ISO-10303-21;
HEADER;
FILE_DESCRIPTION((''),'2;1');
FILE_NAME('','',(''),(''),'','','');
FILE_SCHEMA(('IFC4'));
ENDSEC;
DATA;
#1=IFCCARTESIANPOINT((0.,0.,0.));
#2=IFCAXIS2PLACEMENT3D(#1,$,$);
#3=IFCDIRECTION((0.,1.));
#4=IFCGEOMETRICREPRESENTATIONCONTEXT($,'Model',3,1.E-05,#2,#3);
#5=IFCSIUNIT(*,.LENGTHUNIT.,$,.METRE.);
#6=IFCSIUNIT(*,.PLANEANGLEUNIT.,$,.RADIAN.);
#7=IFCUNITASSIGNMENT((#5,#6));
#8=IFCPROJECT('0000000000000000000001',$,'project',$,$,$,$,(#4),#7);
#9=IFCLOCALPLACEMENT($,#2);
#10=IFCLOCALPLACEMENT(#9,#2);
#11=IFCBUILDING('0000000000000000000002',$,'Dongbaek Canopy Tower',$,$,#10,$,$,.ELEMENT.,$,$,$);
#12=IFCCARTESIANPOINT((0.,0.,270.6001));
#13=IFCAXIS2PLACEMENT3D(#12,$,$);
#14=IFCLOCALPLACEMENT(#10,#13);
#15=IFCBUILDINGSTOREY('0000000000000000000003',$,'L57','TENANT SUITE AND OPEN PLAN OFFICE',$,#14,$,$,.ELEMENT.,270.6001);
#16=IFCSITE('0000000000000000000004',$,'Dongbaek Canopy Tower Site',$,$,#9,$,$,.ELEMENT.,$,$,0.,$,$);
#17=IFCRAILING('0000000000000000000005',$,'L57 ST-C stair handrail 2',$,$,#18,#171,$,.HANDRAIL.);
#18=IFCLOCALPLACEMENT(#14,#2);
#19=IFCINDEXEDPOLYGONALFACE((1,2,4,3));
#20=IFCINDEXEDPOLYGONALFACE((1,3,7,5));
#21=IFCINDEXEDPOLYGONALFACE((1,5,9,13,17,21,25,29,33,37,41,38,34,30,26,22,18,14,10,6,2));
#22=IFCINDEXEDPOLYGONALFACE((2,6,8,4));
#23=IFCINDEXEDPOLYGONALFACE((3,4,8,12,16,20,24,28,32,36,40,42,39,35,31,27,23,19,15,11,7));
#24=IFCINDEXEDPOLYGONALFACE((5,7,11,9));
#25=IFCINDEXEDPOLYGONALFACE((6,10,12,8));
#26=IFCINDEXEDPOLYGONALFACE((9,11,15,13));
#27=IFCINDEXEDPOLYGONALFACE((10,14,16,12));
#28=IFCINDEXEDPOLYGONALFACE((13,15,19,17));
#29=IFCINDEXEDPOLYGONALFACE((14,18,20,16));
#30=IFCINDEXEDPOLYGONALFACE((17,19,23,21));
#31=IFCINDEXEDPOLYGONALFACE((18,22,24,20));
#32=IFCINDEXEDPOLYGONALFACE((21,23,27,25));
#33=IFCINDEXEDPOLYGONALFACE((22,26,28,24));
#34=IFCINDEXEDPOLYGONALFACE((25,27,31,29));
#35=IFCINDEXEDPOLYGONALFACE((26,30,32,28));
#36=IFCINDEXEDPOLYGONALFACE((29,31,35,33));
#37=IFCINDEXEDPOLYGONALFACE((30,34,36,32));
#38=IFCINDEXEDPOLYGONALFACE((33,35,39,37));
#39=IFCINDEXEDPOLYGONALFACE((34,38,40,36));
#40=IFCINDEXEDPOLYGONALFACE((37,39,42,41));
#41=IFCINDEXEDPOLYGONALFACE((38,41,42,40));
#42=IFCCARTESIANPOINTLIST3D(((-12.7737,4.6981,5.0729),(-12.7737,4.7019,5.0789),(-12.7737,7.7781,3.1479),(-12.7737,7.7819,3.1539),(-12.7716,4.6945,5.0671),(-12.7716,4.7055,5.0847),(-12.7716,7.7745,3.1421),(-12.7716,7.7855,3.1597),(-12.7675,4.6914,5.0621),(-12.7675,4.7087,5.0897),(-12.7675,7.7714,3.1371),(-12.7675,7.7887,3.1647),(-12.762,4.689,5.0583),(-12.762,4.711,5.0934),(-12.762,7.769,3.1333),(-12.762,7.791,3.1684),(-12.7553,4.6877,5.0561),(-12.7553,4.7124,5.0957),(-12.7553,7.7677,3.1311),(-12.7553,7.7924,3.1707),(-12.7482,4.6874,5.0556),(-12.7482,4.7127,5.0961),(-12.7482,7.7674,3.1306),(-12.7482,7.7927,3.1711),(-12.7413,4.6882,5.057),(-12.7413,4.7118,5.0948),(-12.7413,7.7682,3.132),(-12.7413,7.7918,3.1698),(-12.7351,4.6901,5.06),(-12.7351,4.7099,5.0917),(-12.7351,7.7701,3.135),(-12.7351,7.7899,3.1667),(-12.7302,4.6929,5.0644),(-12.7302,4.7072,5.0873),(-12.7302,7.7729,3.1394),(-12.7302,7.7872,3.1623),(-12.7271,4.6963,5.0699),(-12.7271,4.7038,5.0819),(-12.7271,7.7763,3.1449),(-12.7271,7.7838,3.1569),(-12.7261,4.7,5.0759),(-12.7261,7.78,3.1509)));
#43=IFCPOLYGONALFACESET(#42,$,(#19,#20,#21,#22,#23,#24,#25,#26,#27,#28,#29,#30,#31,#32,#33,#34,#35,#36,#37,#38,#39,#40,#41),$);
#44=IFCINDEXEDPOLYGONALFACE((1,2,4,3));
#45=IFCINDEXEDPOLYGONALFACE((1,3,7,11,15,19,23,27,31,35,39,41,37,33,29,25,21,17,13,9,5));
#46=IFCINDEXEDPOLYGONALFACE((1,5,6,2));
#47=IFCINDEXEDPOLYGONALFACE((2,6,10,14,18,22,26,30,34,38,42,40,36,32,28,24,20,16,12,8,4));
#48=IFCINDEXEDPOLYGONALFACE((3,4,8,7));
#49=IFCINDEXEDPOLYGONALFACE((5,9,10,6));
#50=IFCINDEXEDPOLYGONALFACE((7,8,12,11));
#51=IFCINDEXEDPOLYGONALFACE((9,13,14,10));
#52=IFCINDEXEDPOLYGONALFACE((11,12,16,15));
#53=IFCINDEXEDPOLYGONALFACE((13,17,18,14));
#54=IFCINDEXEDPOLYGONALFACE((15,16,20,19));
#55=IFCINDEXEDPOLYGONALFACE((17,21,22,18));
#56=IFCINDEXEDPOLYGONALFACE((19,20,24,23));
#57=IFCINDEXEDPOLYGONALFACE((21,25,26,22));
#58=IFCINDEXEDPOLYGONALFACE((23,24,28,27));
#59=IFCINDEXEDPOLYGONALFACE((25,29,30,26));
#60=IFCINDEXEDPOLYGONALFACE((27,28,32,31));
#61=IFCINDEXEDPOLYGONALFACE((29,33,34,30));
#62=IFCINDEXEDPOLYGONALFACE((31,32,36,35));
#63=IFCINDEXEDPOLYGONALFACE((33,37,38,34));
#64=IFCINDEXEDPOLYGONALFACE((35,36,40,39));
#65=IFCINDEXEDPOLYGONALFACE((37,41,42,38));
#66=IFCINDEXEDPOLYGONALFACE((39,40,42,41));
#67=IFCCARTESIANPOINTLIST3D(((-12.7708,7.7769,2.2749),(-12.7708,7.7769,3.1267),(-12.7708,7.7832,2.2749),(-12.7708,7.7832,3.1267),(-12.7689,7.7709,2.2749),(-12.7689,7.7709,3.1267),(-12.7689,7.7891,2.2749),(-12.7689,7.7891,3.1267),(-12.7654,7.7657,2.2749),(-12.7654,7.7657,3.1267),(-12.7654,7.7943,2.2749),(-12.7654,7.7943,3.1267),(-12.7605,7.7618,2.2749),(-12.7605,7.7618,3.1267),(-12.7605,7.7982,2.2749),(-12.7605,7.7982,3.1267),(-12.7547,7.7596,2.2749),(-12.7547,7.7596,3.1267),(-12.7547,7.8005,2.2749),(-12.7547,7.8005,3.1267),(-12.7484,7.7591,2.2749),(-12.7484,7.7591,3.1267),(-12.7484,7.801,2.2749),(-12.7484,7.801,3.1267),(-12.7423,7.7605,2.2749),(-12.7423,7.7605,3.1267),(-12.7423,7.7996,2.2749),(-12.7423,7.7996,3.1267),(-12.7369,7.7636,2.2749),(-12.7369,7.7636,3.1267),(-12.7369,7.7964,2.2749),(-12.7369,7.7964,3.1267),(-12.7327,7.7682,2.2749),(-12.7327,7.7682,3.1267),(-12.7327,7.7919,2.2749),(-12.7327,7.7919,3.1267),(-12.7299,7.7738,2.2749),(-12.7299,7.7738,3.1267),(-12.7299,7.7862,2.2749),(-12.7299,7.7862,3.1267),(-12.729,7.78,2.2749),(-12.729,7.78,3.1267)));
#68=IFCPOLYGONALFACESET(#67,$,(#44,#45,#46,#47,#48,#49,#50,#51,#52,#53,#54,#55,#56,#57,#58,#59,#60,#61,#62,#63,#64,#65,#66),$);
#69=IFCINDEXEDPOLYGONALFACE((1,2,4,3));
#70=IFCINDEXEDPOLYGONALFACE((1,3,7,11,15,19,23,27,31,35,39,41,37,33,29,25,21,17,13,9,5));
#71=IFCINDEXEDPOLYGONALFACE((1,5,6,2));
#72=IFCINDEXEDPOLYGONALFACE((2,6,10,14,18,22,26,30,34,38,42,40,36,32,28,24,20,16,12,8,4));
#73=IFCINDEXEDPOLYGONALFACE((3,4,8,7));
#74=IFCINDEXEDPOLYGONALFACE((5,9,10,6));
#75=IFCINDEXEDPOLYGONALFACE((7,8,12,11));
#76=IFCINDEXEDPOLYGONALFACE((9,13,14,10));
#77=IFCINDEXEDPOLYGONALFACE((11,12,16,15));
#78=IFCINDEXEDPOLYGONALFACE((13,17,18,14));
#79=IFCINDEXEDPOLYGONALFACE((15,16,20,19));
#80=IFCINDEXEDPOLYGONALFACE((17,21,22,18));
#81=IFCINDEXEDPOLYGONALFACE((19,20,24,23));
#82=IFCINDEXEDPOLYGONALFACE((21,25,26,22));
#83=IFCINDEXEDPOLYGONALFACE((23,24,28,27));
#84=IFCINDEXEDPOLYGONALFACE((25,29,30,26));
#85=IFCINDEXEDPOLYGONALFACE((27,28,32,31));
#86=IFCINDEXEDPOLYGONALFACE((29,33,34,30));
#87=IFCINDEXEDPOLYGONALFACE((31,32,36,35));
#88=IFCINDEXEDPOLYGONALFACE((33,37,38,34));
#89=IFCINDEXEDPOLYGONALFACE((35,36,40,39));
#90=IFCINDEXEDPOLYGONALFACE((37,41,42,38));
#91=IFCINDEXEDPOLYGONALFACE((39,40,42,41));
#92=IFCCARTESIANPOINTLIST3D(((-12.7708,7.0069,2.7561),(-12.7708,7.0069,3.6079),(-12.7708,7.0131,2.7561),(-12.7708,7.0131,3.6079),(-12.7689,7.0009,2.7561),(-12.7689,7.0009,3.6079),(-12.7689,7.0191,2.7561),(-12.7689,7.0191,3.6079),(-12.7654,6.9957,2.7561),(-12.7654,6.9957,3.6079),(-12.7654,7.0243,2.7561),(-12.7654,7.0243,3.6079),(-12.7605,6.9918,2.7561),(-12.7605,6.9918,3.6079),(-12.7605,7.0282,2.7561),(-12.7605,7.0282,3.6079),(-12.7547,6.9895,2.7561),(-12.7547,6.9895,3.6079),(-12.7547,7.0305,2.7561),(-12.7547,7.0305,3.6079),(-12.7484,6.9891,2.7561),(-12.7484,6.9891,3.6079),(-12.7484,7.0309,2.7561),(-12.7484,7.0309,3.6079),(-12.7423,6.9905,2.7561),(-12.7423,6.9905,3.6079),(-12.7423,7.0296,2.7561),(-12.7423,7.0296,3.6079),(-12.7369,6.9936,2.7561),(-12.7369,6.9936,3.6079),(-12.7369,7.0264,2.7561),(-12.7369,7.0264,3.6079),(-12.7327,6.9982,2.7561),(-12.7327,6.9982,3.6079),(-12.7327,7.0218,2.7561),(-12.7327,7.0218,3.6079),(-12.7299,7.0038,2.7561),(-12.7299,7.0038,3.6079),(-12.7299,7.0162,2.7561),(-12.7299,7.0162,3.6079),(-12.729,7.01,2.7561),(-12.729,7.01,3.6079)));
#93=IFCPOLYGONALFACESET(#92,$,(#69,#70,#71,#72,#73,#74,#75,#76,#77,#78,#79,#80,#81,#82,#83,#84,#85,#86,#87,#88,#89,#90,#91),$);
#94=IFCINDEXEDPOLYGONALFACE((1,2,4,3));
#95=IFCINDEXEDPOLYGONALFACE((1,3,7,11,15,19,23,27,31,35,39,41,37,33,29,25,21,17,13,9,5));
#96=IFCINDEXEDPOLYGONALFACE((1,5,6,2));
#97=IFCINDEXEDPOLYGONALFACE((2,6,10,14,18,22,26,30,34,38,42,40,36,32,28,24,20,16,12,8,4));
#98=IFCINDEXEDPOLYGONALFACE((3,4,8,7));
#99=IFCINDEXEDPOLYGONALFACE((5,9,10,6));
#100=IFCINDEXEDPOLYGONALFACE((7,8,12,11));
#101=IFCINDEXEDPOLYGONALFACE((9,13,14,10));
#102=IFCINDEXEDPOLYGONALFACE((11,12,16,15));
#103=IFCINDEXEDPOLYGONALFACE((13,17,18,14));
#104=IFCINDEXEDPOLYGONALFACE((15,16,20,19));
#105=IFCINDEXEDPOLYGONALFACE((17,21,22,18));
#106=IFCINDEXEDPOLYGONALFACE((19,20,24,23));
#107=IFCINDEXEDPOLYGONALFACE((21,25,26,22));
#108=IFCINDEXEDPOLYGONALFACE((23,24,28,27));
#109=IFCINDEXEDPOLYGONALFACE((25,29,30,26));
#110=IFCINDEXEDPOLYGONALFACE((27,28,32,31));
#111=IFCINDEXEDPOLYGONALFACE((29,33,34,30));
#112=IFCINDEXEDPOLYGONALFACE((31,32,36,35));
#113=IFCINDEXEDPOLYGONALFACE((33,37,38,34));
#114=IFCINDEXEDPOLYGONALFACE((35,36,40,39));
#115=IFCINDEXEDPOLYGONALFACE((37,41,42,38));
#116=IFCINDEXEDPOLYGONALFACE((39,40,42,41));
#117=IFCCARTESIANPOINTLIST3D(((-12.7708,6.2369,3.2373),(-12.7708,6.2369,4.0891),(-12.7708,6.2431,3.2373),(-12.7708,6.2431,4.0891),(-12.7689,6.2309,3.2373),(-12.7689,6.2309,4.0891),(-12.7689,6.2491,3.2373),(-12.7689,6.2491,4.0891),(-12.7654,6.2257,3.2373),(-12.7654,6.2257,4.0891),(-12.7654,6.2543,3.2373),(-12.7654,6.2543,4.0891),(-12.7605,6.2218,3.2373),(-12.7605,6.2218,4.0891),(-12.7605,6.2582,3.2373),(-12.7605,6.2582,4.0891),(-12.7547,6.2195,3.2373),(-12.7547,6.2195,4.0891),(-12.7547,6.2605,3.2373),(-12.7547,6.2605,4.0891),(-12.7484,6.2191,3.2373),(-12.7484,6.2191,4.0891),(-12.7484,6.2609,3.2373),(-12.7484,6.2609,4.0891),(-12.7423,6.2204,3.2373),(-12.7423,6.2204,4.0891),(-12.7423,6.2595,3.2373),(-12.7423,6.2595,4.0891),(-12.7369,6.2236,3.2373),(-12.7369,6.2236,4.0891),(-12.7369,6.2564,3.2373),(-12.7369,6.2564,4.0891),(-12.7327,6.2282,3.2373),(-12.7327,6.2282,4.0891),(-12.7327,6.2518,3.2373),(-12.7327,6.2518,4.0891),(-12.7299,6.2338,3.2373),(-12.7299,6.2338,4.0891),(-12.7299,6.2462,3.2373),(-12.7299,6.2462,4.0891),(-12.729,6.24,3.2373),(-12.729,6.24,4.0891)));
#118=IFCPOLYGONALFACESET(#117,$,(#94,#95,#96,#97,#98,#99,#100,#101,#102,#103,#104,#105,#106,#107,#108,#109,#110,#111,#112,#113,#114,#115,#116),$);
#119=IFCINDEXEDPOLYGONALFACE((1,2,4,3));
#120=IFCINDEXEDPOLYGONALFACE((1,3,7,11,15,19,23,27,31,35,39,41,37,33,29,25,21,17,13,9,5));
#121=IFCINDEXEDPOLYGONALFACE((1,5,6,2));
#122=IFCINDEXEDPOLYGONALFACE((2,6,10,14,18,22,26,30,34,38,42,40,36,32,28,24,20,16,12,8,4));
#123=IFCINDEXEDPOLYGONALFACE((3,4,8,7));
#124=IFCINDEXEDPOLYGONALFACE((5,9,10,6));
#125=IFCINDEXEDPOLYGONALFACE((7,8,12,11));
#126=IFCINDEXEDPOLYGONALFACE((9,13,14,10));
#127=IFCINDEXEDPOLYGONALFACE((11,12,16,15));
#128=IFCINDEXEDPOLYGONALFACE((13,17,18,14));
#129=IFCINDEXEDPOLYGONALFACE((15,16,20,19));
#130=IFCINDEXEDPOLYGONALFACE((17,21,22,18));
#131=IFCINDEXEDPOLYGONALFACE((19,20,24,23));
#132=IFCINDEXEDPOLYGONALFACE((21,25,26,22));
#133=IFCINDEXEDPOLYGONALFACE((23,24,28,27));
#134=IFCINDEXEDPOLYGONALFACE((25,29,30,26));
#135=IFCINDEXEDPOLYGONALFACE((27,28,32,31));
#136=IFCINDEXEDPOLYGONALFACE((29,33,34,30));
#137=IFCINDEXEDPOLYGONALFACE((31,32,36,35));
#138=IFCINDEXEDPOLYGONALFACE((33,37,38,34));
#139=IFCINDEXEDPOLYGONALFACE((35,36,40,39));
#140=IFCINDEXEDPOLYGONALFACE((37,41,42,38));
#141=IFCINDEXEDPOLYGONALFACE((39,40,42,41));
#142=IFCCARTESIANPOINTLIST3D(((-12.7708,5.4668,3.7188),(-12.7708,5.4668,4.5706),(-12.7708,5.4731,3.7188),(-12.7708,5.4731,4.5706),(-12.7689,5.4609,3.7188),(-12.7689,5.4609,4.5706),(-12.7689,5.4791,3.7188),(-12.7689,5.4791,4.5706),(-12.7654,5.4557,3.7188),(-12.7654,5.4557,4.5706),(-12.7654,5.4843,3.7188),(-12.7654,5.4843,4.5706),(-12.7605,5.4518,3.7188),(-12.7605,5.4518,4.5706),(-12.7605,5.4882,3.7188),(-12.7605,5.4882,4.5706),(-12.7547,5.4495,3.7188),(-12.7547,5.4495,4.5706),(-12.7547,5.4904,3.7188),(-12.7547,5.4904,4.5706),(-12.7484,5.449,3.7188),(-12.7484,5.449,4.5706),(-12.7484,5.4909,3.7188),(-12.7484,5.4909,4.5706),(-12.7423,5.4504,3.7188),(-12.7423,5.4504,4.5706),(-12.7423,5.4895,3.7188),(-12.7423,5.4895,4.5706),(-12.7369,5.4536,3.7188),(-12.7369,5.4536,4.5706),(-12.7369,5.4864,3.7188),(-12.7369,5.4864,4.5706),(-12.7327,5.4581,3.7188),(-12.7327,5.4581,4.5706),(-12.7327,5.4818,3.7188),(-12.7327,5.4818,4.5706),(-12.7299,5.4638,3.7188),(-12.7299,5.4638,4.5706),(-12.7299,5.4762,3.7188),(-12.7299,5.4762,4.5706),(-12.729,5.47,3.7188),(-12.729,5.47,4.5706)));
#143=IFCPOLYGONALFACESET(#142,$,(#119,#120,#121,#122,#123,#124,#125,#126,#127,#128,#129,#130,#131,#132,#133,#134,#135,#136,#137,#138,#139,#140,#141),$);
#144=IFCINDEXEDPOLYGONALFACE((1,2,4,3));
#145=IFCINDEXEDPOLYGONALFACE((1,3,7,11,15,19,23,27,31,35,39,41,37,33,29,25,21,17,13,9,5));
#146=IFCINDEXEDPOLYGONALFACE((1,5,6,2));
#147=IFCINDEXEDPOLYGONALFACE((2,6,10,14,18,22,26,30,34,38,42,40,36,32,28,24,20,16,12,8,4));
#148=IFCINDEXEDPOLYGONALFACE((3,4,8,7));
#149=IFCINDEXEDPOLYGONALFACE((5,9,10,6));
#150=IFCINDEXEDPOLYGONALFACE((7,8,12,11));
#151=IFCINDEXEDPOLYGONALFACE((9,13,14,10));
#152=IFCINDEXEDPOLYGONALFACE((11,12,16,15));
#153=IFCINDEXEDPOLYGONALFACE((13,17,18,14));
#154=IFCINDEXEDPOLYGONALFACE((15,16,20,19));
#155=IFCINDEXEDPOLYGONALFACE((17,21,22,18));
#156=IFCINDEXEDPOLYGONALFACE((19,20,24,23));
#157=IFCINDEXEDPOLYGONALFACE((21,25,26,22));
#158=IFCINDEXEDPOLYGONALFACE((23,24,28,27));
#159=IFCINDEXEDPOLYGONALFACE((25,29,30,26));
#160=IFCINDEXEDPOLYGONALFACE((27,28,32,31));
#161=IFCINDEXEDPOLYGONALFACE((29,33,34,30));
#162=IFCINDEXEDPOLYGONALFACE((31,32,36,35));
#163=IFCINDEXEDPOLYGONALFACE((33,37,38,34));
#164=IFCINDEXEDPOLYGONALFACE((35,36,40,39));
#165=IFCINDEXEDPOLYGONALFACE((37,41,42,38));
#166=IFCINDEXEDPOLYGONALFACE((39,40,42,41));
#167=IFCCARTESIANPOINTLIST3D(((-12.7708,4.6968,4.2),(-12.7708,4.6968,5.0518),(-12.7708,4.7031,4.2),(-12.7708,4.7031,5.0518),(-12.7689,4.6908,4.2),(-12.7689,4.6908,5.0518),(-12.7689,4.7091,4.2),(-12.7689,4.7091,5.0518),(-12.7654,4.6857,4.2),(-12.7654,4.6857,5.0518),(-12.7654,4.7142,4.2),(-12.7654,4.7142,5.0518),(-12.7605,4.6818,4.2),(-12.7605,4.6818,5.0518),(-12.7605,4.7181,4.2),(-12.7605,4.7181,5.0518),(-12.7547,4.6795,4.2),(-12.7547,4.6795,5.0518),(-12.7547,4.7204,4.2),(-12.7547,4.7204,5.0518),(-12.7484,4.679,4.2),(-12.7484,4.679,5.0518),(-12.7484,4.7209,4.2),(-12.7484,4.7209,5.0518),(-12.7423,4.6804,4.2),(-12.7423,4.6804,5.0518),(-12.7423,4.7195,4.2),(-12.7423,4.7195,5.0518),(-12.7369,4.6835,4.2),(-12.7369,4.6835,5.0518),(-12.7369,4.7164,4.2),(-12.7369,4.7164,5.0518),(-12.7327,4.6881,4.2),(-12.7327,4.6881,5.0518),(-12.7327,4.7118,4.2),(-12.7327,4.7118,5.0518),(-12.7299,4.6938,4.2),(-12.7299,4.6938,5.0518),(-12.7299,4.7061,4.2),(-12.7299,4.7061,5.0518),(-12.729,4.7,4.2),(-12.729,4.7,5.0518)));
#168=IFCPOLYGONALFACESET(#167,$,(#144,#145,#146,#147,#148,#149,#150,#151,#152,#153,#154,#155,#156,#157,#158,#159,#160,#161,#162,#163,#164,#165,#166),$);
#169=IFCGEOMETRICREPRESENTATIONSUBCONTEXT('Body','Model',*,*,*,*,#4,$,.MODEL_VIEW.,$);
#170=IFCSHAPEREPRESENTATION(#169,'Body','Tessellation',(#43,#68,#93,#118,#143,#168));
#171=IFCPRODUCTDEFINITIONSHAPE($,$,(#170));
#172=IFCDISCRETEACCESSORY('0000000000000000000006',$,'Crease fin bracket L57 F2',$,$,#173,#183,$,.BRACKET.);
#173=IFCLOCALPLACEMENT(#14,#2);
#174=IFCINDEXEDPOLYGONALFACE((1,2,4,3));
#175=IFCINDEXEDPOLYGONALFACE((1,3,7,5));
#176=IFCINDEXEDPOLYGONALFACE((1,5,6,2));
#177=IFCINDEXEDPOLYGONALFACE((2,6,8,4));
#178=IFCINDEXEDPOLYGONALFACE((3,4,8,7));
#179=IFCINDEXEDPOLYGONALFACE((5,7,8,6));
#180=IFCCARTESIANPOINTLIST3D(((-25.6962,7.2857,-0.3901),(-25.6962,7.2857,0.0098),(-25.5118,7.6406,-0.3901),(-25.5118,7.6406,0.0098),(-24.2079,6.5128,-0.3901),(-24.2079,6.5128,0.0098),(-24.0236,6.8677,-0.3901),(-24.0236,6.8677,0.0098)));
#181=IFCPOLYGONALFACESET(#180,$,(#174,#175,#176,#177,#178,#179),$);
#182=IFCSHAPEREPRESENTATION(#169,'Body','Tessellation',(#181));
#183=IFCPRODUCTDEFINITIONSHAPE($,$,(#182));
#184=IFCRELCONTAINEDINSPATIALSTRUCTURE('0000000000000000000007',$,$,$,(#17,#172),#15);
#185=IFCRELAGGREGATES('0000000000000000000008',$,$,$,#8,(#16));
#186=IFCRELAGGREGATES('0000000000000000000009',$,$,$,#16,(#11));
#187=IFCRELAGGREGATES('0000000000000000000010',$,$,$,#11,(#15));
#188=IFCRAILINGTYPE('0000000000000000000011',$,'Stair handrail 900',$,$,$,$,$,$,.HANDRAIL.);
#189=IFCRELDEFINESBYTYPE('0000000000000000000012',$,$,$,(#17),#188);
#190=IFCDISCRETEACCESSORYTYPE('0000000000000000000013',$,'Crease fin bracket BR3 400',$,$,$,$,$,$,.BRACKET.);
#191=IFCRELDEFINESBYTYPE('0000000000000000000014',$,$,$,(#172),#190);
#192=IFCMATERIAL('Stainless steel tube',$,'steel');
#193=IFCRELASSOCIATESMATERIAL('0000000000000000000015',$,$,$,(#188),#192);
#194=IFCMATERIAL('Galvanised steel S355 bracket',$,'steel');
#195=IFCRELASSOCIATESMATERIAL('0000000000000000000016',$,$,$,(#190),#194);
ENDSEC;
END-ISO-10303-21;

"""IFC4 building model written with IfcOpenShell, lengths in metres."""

from ifc_helpers import new_model, si_unit, direction, frame, origin, origin_2d, place, context, subcontext, project, spatial, rectangle, circle, extrude, material, type_object, element, save


model = new_model("IFC4")

# Units and contexts
model_context = context("Model", 3, precision=1e-05, world=origin(), true_north=direction((0.0, 1.0)))
body_context = subcontext(model_context, "Body", "Model", "MODEL_VIEW")
ifc_project = project(units=[si_unit("LENGTHUNIT", "METRE"), si_unit("PLANEANGLEUNIT", "RADIAN")], contexts=[model_context])

# Site, building, storey
site_placement = place(None, origin())
site = spatial("IfcSite", under=ifc_project, at=site_placement, Name="Dongbaek Canopy Tower Site", CompositionType="ELEMENT", RefElevation=0.0)
building_placement = place(site_placement, origin())
building = spatial("IfcBuilding", under=site, at=building_placement, Name="Dongbaek Canopy Tower", CompositionType="ELEMENT")
storey_placement = place(building_placement, frame((0.0, 0.0, 270.6001)))
storey = spatial("IfcBuildingStorey", under=building, at=storey_placement, Name="L57", Description="TENANT SUITE AND OPEN PLAN OFFICE", CompositionType="ELEMENT", Elevation=270.6001)

# Railing
ifc_material_1 = material(Name="Stainless steel tube", Category="steel")
railing_type_1 = type_object("IfcRailingType", Name="Stair handrail 900", PredefinedType="HANDRAIL", material=ifc_material_1)
railing_1_placement = place(storey_placement, frame((-12.75, 7.78, 2.2749)))
element("IfcRailing", 1, at=railing_1_placement, inside=storey, type_object=railing_type_1, Name="L57 ST-C stair handrail 2", PredefinedType="HANDRAIL", context=body_context, shape_type="SweptSolid", body=[
    extrude(circle(Radius=0.0239, at=origin_2d()), frame((0.0, 0.0, 0.876), z_axis=(0.0, -0.847998, 0.529999), x_axis=(1.0, 0.0, 0.0)), (0.0, 0.0, 1.0), 3.6321),
    extrude(circle(Radius=0.021, at=origin_2d()), origin(), (0.0, 0.0, 1.0), 0.8518),
    extrude(circle(Radius=0.021, at=origin_2d()), frame((0.0, -0.77, 0.4812)), (0.0, 0.0, 1.0), 0.8518),
    extrude(circle(Radius=0.021, at=origin_2d()), frame((0.0, -1.54, 0.9624)), (0.0, 0.0, 1.0), 0.8518),
    extrude(circle(Radius=0.021, at=origin_2d()), frame((0.0, -2.3101, 1.4438)), (0.0, 0.0, 1.0), 0.8518),
    extrude(circle(Radius=0.021, at=origin_2d()), frame((0.0, -3.0801, 1.925)), (0.0, 0.0, 1.0), 0.8518),
])

# Discrete accessory
ifc_material_2 = material(Name="Galvanised steel S355 bracket", Category="steel")
discrete_accessory_type = type_object("IfcDiscreteAccessoryType", Name="Crease fin bracket BR3 400", PredefinedType="BRACKET", material=ifc_material_2)
discrete_accessory_placement = place(storey_placement, frame((-24.8599, 7.0767, -0.3901), z_axis=(0.0, 0.0, 1.0), x_axis=(-0.887463, 0.46088, 0.0)))
element("IfcDiscreteAccessory", 2, at=discrete_accessory_placement, inside=storey, type_object=discrete_accessory_type, Name="Crease fin bracket L57 F2", PredefinedType="BRACKET", context=body_context, shape_type="SweptSolid", body=[
    extrude(rectangle(XDim=1.677, YDim=0.3999, at=origin_2d()), origin(), (0.0, 0.0, 1.0), 0.3999),
])

save(model, "model.ifc")
